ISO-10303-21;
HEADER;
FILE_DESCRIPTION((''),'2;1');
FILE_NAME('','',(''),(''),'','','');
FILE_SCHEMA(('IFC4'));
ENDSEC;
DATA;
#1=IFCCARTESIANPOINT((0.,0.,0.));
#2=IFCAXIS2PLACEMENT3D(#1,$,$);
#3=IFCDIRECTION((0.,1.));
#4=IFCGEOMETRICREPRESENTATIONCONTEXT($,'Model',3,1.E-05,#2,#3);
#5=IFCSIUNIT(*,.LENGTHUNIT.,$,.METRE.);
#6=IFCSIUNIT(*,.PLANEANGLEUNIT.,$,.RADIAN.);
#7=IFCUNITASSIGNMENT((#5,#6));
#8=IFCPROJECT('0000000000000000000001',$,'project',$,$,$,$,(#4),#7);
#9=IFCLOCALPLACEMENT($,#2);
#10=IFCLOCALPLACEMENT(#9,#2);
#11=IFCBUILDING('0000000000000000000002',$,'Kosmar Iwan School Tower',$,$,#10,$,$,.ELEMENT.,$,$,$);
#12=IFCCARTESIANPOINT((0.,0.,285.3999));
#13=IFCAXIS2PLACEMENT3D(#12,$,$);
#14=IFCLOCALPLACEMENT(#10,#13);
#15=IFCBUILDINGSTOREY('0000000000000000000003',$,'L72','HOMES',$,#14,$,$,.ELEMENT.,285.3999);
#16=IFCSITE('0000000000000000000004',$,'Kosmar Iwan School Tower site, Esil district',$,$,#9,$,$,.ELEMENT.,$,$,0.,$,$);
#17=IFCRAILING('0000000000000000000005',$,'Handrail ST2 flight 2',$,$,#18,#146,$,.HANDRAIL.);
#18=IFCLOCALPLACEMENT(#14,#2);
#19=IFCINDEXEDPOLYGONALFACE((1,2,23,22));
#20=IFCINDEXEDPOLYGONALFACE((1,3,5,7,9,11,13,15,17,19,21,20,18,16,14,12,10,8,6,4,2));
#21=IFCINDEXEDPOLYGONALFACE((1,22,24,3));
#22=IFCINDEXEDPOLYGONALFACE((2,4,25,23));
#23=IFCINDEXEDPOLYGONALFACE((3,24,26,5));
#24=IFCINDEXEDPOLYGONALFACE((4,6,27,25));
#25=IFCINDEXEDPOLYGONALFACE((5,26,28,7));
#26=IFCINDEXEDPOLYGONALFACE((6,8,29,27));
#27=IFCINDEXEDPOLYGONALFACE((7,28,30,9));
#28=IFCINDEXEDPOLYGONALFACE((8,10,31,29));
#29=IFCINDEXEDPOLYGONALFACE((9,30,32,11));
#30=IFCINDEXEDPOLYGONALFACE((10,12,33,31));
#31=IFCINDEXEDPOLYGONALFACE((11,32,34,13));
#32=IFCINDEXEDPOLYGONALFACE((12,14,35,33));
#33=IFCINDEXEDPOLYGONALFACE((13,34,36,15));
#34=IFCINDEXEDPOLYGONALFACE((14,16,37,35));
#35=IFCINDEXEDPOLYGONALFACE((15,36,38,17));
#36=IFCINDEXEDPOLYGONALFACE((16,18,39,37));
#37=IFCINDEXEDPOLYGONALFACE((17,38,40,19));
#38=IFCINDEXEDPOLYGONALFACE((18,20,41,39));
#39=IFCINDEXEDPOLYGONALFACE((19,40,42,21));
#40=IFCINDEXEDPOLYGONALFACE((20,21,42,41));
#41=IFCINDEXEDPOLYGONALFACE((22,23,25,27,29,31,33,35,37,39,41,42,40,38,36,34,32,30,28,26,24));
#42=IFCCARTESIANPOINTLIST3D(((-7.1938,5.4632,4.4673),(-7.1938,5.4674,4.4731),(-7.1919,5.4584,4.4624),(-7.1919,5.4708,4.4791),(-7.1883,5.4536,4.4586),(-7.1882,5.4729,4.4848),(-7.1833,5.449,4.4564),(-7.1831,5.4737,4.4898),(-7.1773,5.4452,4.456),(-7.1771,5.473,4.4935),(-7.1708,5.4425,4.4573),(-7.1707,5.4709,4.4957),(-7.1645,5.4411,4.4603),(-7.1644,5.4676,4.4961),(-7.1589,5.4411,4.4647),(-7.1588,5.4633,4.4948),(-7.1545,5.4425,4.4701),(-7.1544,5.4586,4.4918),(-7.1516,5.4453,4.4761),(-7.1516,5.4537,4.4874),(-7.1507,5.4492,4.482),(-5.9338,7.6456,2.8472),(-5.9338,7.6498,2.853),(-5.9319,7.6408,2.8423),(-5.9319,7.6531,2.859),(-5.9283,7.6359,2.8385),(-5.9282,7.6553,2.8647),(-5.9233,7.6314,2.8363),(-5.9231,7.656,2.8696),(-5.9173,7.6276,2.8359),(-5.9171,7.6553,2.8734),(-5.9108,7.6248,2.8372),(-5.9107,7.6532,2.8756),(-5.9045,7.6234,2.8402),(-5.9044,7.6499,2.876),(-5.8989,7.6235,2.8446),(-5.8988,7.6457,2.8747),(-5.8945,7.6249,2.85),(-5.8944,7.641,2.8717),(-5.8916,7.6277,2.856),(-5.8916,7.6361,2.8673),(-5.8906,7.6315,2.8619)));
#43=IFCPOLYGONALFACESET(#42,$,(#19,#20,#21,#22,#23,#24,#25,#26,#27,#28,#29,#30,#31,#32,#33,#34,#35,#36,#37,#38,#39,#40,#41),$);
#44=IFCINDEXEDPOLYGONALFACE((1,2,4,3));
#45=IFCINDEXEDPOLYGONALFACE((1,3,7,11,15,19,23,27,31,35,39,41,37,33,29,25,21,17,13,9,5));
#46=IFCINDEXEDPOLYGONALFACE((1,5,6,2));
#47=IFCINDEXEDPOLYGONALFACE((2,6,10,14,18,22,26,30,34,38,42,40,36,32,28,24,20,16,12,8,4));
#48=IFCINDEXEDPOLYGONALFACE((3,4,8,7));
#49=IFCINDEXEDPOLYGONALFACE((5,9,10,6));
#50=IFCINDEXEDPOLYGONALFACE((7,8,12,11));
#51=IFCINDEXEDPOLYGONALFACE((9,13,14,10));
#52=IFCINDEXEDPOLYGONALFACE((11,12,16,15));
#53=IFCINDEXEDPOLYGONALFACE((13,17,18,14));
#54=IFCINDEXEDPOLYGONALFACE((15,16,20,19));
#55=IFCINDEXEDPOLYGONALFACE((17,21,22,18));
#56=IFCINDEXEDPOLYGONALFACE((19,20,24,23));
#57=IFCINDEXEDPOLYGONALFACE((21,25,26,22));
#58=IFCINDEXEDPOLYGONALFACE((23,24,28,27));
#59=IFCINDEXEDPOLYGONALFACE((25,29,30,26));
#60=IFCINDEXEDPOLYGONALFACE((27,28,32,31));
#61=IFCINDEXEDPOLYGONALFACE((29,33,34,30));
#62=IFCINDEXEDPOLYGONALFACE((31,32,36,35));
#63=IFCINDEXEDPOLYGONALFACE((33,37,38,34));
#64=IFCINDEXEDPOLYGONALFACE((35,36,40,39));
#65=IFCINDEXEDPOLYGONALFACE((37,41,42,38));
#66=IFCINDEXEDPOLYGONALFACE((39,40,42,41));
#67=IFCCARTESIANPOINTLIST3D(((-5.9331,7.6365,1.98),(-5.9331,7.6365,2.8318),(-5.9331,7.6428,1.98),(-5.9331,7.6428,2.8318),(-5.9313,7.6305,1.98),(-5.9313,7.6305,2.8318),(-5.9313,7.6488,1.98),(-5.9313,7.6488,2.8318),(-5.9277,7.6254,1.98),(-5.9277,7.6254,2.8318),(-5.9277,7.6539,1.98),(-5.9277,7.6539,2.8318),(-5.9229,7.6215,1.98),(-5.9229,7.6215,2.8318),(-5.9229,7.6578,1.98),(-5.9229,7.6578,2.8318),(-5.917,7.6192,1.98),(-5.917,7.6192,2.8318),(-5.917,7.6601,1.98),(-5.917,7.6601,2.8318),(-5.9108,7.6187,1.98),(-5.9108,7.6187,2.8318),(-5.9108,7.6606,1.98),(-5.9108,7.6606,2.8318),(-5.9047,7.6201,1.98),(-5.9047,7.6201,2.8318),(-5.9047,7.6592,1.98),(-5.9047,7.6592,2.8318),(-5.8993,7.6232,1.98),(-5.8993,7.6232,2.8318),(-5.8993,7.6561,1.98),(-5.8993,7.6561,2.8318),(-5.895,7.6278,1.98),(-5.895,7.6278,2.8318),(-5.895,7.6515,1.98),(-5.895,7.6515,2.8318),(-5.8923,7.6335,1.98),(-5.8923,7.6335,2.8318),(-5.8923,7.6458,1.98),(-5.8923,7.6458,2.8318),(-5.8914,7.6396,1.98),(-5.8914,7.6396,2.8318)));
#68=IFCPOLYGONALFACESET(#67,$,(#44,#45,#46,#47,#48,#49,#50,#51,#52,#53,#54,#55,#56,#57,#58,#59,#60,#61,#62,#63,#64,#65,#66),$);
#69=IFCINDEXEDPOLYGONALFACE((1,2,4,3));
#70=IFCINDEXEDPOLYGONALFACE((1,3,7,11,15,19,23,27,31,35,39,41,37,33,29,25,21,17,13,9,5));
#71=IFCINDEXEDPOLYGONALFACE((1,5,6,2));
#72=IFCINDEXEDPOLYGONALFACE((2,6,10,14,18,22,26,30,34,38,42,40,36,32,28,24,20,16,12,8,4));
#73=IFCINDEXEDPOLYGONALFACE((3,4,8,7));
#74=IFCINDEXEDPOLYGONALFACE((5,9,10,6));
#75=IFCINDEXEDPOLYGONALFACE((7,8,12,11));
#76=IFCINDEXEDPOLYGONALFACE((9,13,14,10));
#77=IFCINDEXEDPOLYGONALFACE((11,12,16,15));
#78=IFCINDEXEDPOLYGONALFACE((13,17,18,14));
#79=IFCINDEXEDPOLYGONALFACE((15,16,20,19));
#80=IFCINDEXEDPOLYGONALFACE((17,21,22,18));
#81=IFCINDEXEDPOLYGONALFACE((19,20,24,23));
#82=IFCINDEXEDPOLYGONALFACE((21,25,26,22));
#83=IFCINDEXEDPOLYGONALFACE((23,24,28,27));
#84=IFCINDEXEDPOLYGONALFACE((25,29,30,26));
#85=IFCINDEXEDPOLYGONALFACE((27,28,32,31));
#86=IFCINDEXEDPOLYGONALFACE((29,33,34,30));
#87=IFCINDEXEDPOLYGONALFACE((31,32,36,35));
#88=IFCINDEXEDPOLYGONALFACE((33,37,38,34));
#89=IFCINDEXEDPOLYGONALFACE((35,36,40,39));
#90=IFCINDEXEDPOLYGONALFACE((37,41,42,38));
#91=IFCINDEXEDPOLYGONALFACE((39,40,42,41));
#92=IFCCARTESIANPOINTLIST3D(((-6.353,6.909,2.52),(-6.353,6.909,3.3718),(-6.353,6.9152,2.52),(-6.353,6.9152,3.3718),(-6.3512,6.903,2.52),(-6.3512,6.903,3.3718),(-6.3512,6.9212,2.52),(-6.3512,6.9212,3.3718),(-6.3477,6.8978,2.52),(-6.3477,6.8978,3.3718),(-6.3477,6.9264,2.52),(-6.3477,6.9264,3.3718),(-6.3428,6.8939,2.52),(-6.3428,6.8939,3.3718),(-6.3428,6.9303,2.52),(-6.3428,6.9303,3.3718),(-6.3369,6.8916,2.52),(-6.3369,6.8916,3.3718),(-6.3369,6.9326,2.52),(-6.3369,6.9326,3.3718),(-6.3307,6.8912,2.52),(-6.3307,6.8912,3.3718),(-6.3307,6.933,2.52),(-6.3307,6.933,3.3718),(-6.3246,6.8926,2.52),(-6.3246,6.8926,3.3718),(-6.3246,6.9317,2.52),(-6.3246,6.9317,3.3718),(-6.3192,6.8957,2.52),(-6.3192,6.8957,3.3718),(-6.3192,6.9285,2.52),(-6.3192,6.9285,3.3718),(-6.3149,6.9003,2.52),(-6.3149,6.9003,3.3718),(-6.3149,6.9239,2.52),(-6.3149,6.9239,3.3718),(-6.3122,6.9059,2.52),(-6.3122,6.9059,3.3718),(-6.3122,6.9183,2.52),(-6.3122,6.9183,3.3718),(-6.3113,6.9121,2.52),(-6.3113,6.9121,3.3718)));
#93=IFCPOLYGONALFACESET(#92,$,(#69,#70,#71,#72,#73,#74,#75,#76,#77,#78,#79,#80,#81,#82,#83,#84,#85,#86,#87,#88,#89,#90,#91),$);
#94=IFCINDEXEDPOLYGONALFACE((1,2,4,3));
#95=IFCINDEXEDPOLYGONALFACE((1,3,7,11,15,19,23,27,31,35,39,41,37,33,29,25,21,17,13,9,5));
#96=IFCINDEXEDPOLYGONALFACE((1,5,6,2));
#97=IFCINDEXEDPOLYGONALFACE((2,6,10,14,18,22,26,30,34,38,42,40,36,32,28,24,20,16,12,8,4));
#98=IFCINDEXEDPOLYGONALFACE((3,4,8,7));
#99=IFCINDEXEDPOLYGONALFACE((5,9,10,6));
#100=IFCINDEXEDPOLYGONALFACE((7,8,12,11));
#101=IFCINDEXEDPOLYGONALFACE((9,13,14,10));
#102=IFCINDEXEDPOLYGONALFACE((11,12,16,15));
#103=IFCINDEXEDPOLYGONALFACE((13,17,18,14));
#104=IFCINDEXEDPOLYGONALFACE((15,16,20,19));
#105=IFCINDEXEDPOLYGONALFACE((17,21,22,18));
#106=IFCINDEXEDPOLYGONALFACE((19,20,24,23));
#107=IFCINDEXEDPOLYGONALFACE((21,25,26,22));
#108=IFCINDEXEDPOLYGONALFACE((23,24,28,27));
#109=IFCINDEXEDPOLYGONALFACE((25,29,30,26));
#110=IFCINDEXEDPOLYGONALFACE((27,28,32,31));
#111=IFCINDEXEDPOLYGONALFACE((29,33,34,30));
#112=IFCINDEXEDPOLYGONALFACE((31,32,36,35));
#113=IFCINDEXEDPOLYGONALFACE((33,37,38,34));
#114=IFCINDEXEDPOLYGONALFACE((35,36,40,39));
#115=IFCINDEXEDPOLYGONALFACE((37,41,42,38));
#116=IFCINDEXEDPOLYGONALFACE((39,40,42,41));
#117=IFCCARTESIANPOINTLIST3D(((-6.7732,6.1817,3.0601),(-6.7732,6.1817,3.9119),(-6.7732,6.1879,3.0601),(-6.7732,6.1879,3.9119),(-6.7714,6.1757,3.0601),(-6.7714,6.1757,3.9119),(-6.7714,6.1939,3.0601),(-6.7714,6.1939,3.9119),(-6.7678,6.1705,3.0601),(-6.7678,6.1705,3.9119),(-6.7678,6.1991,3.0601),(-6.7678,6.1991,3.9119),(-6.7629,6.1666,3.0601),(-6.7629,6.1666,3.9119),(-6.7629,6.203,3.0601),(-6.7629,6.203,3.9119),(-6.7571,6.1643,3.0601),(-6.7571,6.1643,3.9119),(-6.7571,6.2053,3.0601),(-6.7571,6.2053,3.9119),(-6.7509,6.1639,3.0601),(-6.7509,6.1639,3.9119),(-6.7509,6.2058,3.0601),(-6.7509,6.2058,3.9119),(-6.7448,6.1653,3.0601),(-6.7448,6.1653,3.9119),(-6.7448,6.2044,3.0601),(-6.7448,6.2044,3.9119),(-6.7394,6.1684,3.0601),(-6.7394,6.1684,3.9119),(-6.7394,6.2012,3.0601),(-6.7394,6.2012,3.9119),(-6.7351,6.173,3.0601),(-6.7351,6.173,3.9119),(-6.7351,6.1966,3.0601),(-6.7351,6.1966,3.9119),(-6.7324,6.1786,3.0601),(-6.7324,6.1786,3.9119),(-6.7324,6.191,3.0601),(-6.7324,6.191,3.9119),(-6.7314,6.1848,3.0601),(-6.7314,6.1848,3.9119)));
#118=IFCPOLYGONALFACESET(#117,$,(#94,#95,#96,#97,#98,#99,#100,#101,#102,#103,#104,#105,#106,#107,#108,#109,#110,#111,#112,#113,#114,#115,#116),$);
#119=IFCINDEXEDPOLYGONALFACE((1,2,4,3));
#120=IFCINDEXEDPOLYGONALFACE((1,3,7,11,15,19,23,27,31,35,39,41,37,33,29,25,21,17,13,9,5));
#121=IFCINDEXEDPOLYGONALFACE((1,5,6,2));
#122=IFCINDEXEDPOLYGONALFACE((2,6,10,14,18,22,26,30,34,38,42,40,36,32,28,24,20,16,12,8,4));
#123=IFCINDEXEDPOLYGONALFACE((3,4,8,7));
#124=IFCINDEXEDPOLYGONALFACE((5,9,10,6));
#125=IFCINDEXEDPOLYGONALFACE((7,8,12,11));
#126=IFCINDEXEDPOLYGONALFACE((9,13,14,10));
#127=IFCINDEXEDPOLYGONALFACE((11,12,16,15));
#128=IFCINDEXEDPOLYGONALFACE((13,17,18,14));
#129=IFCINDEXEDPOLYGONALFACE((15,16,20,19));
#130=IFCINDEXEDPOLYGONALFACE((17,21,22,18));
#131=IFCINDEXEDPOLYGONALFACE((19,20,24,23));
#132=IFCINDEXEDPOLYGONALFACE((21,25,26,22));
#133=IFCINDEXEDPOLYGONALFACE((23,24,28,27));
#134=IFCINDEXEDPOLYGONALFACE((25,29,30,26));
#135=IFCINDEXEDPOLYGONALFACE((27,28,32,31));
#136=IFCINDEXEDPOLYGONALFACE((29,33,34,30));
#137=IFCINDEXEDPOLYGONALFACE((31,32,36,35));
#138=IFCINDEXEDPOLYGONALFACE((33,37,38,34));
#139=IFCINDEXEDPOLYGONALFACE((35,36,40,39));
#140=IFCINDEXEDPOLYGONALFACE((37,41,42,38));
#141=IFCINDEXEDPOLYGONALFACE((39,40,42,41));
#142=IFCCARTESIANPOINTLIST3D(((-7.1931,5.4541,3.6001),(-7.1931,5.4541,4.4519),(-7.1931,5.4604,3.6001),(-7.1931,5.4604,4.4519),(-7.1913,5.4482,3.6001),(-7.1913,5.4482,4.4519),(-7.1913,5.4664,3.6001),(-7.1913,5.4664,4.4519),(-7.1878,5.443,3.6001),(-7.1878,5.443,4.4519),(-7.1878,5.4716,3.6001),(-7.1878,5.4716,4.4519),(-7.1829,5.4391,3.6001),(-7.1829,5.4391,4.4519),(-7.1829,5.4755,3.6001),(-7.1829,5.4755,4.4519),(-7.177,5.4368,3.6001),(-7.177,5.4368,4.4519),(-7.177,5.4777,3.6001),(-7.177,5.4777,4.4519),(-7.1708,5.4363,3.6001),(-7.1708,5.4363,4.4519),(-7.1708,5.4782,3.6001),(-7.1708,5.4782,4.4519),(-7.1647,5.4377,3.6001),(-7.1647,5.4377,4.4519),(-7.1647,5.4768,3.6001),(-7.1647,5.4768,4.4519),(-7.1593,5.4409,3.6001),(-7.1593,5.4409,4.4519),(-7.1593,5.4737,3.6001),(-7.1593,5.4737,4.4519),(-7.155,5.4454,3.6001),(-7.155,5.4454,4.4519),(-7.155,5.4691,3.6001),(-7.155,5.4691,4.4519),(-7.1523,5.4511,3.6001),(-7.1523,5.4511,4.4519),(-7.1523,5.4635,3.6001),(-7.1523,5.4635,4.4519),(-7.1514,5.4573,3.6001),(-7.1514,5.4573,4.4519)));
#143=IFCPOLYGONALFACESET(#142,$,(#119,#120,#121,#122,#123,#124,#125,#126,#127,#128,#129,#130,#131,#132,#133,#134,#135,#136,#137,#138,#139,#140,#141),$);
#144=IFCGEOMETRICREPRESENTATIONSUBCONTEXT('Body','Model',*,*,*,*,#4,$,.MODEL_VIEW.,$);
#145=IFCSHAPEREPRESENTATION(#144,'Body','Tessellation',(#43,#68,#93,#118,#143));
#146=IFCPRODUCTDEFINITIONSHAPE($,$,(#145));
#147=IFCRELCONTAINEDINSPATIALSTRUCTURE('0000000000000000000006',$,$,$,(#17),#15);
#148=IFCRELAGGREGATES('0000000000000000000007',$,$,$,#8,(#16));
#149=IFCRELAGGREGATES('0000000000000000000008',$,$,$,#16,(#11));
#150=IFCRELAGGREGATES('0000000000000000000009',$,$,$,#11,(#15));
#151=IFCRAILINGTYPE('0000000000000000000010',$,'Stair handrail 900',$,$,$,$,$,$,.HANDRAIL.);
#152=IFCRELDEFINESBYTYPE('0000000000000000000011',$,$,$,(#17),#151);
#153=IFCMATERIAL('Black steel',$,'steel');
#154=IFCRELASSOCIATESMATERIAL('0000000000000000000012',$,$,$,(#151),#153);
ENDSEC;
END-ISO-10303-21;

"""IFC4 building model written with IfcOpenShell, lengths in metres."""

from ifc_helpers import new_model, si_unit, direction, frame, origin, origin_2d, place, context, subcontext, project, spatial, circle, extrude, material, type_object, element, save


model = new_model("IFC4")

# Units and contexts
model_context = context("Model", 3, precision=1e-05, world=origin(), true_north=direction((0.0, 1.0)))
body_context = subcontext(model_context, "Body", "Model", "MODEL_VIEW")
ifc_project = project(units=[si_unit("LENGTHUNIT", "METRE"), si_unit("PLANEANGLEUNIT", "RADIAN")], contexts=[model_context])

# Site, building, storey
site_placement = place(None, origin())
site = spatial("IfcSite", under=ifc_project, at=site_placement, Name="Kosmar Iwan School Tower site, Esil district", CompositionType="ELEMENT", RefElevation=0.0)
building_placement = place(site_placement, origin())
building = spatial("IfcBuilding", under=site, at=building_placement, Name="Kosmar Iwan School Tower", CompositionType="ELEMENT")
storey_placement = place(building_placement, frame((0.0, 0.0, 285.3999)))
storey = spatial("IfcBuildingStorey", under=building, at=storey_placement, Name="L72", Description="HOMES", CompositionType="ELEMENT", Elevation=285.3999)

# Railing
ifc_material_1 = material(Name="Black steel", Category="steel")
railing_type = type_object("IfcRailingType", Name="Stair handrail 900", PredefinedType="HANDRAIL", material=ifc_material_1)
railing_placement = place(storey_placement, frame((-5.9124, 7.6396, 1.98)))
element("IfcRailing", 1, at=railing_placement, inside=storey, type_object=railing_type, Name="Handrail ST2 flight 2", PredefinedType="HANDRAIL", context=body_context, shape_type="SweptSolid", body=[
    extrude(circle(Radius=0.0239, at=origin_2d()), frame((0.0, 0.0, 0.876), z_axis=(-0.420584, -0.728464, 0.540786), x_axis=(0.866023, -0.500005, 0.0)), (0.0, 0.0, 1.0), 2.9958),
    extrude(circle(Radius=0.021, at=origin_2d()), origin(), (0.0, 0.0, 1.0), 0.8518),
    extrude(circle(Radius=0.021, at=origin_2d()), frame((-0.4199, -0.7275, 0.54)), (0.0, 0.0, 1.0), 0.8518),
    extrude(circle(Radius=0.021, at=origin_2d()), frame((-0.8401, -1.4548, 1.0801)), (0.0, 0.0, 1.0), 0.8518),
    extrude(circle(Radius=0.021, at=origin_2d()), frame((-1.26, -2.1824, 1.6201)), (0.0, 0.0, 1.0), 0.8518),
])

save(model, "model.ifc")
